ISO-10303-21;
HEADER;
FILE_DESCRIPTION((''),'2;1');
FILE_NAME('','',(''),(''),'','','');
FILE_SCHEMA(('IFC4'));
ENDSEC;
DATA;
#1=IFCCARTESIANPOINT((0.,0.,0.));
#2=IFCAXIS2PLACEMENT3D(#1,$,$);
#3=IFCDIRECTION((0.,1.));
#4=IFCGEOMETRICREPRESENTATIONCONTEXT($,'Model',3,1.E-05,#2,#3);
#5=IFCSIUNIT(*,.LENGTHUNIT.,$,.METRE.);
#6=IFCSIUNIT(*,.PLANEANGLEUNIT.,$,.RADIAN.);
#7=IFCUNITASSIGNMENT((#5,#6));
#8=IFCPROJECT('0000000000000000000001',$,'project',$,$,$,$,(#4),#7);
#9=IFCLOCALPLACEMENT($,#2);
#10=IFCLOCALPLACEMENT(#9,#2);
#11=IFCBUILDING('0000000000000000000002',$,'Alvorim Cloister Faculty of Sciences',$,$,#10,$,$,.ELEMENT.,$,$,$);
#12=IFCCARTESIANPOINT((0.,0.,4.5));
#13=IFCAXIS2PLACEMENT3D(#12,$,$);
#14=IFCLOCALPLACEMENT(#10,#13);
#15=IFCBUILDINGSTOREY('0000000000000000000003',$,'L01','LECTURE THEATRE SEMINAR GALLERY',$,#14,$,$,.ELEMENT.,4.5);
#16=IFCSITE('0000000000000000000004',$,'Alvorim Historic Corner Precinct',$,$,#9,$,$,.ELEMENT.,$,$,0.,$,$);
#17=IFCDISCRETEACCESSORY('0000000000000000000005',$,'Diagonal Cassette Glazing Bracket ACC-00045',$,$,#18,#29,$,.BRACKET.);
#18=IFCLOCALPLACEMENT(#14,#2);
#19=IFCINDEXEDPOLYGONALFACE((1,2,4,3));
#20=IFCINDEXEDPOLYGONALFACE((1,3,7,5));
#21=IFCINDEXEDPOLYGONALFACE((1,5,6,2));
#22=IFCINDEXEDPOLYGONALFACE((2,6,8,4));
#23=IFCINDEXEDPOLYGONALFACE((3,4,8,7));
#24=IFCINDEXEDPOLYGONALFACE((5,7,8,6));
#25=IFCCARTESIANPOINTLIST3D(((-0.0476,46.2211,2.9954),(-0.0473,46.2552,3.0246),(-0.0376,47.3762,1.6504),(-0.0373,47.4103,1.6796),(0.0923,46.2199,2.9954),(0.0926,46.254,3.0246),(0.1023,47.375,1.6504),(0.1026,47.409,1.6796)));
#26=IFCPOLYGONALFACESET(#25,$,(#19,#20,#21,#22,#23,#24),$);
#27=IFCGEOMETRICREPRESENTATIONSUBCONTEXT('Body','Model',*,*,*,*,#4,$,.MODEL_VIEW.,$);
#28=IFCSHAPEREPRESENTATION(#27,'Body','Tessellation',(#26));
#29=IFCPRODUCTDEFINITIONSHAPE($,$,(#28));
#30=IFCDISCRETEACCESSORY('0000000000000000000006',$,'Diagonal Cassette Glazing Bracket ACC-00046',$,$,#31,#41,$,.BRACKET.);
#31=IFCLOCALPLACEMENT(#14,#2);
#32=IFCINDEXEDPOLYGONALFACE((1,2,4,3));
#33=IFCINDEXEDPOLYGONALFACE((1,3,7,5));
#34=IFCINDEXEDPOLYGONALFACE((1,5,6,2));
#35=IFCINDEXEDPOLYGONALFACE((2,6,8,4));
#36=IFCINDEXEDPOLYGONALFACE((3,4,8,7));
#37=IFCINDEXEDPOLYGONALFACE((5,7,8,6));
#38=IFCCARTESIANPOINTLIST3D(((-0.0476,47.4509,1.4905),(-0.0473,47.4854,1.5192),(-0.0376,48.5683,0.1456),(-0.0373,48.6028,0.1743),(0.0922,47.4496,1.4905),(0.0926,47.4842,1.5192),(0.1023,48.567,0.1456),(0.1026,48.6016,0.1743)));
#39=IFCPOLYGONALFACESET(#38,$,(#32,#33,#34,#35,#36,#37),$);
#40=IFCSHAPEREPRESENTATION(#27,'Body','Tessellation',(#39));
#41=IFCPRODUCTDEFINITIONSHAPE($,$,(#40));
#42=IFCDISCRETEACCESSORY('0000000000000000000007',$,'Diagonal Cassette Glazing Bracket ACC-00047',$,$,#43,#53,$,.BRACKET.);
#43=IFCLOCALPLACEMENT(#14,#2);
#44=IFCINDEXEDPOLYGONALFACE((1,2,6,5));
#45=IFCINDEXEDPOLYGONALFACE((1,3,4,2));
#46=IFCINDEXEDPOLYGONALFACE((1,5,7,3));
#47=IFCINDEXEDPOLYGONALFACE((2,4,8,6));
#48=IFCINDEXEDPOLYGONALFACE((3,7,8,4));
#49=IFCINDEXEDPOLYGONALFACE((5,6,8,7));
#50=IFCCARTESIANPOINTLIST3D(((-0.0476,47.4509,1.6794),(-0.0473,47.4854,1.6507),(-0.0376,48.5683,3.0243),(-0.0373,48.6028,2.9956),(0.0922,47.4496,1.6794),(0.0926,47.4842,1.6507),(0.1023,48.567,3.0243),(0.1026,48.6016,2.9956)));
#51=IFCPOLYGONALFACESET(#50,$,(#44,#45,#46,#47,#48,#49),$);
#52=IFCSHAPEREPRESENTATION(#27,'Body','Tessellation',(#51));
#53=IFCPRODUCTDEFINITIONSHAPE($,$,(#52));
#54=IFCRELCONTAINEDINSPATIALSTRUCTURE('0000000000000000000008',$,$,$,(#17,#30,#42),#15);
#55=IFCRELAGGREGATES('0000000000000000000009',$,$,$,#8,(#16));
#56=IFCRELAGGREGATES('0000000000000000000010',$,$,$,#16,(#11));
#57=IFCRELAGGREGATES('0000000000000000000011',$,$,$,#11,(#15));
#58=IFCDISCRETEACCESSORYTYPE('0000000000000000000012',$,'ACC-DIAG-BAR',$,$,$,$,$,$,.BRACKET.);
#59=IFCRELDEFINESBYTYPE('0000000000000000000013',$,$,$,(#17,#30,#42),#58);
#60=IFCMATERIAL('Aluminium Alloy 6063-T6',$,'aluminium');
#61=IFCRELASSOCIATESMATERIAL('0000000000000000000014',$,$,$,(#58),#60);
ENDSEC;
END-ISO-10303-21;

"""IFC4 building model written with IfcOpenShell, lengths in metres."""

from ifc_helpers import new_model, si_unit, direction, frame, origin, origin_2d, place, context, subcontext, project, spatial, rectangle, extrude, material, type_object, element, save


model = new_model("IFC4")

# Units and contexts
model_context = context("Model", 3, precision=1e-05, world=origin(), true_north=direction((0.0, 1.0)))
body_context = subcontext(model_context, "Body", "Model", "MODEL_VIEW")
ifc_project = project(units=[si_unit("LENGTHUNIT", "METRE"), si_unit("PLANEANGLEUNIT", "RADIAN")], contexts=[model_context])

# Site, building, storey
site_placement = place(None, origin())
site = spatial("IfcSite", under=ifc_project, at=site_placement, Name="Alvorim Historic Corner Precinct", CompositionType="ELEMENT", RefElevation=0.0)
building_placement = place(site_placement, origin())
building = spatial("IfcBuilding", under=site, at=building_placement, Name="Alvorim Cloister Faculty of Sciences", CompositionType="ELEMENT")
storey_placement = place(building_placement, frame((0.0, 0.0, 4.5)))
storey = spatial("IfcBuildingStorey", under=building, at=storey_placement, Name="L01", Description="LECTURE THEATRE SEMINAR GALLERY", CompositionType="ELEMENT", Elevation=4.5)

# Discrete accessories
ifc_material_1 = material(Name="Aluminium Alloy 6063-T6", Category="aluminium")
discrete_accessory_type = type_object("IfcDiscreteAccessoryType", Name="ACC-DIAG-BAR", PredefinedType="BRACKET", material=ifc_material_1)
for number, where, z_axis, x_axis, name in (
    (1, (0.0225, 46.2375, 3.01), (0.005646, 0.651495, -0.758632), (-0.999962, 0.008666, 0.0), "Diagonal Cassette Glazing Bracket ACC-00045"),
):
    element("IfcDiscreteAccessory", number, at=place(storey_placement, frame(where, z_axis=z_axis, x_axis=x_axis)), inside=storey, type_object=discrete_accessory_type, Name=name, PredefinedType="BRACKET", context=body_context, shape_type="SweptSolid", body=[
        extrude(rectangle(XDim=0.1399, YDim=0.0449, at=origin_2d()), origin(), (0.0, 0.0, 1.0), 1.7729),
    ])
for number, where, z_axis, x_axis, name in (
    (2, (0.0225, 47.4675, 1.5049), (0.005724, 0.639033, -0.769158), (-0.99996, 0.008957, 0.0), "Diagonal Cassette Glazing Bracket ACC-00046"),
    (3, (0.0225, 47.4675, 1.665), (0.005724, 0.639033, 0.769158), (-0.99996, 0.008957, 0.0), "Diagonal Cassette Glazing Bracket ACC-00047"),
):
    element("IfcDiscreteAccessory", number, at=place(storey_placement, frame(where, z_axis=z_axis, x_axis=x_axis)), inside=storey, type_object=discrete_accessory_type, Name=name, PredefinedType="BRACKET", context=body_context, shape_type="SweptSolid", body=[
        extrude(rectangle(XDim=0.1399, YDim=0.0449, at=origin_2d()), origin(), (0.0, 0.0, 1.0), 1.7485),
    ])

save(model, "model.ifc")
